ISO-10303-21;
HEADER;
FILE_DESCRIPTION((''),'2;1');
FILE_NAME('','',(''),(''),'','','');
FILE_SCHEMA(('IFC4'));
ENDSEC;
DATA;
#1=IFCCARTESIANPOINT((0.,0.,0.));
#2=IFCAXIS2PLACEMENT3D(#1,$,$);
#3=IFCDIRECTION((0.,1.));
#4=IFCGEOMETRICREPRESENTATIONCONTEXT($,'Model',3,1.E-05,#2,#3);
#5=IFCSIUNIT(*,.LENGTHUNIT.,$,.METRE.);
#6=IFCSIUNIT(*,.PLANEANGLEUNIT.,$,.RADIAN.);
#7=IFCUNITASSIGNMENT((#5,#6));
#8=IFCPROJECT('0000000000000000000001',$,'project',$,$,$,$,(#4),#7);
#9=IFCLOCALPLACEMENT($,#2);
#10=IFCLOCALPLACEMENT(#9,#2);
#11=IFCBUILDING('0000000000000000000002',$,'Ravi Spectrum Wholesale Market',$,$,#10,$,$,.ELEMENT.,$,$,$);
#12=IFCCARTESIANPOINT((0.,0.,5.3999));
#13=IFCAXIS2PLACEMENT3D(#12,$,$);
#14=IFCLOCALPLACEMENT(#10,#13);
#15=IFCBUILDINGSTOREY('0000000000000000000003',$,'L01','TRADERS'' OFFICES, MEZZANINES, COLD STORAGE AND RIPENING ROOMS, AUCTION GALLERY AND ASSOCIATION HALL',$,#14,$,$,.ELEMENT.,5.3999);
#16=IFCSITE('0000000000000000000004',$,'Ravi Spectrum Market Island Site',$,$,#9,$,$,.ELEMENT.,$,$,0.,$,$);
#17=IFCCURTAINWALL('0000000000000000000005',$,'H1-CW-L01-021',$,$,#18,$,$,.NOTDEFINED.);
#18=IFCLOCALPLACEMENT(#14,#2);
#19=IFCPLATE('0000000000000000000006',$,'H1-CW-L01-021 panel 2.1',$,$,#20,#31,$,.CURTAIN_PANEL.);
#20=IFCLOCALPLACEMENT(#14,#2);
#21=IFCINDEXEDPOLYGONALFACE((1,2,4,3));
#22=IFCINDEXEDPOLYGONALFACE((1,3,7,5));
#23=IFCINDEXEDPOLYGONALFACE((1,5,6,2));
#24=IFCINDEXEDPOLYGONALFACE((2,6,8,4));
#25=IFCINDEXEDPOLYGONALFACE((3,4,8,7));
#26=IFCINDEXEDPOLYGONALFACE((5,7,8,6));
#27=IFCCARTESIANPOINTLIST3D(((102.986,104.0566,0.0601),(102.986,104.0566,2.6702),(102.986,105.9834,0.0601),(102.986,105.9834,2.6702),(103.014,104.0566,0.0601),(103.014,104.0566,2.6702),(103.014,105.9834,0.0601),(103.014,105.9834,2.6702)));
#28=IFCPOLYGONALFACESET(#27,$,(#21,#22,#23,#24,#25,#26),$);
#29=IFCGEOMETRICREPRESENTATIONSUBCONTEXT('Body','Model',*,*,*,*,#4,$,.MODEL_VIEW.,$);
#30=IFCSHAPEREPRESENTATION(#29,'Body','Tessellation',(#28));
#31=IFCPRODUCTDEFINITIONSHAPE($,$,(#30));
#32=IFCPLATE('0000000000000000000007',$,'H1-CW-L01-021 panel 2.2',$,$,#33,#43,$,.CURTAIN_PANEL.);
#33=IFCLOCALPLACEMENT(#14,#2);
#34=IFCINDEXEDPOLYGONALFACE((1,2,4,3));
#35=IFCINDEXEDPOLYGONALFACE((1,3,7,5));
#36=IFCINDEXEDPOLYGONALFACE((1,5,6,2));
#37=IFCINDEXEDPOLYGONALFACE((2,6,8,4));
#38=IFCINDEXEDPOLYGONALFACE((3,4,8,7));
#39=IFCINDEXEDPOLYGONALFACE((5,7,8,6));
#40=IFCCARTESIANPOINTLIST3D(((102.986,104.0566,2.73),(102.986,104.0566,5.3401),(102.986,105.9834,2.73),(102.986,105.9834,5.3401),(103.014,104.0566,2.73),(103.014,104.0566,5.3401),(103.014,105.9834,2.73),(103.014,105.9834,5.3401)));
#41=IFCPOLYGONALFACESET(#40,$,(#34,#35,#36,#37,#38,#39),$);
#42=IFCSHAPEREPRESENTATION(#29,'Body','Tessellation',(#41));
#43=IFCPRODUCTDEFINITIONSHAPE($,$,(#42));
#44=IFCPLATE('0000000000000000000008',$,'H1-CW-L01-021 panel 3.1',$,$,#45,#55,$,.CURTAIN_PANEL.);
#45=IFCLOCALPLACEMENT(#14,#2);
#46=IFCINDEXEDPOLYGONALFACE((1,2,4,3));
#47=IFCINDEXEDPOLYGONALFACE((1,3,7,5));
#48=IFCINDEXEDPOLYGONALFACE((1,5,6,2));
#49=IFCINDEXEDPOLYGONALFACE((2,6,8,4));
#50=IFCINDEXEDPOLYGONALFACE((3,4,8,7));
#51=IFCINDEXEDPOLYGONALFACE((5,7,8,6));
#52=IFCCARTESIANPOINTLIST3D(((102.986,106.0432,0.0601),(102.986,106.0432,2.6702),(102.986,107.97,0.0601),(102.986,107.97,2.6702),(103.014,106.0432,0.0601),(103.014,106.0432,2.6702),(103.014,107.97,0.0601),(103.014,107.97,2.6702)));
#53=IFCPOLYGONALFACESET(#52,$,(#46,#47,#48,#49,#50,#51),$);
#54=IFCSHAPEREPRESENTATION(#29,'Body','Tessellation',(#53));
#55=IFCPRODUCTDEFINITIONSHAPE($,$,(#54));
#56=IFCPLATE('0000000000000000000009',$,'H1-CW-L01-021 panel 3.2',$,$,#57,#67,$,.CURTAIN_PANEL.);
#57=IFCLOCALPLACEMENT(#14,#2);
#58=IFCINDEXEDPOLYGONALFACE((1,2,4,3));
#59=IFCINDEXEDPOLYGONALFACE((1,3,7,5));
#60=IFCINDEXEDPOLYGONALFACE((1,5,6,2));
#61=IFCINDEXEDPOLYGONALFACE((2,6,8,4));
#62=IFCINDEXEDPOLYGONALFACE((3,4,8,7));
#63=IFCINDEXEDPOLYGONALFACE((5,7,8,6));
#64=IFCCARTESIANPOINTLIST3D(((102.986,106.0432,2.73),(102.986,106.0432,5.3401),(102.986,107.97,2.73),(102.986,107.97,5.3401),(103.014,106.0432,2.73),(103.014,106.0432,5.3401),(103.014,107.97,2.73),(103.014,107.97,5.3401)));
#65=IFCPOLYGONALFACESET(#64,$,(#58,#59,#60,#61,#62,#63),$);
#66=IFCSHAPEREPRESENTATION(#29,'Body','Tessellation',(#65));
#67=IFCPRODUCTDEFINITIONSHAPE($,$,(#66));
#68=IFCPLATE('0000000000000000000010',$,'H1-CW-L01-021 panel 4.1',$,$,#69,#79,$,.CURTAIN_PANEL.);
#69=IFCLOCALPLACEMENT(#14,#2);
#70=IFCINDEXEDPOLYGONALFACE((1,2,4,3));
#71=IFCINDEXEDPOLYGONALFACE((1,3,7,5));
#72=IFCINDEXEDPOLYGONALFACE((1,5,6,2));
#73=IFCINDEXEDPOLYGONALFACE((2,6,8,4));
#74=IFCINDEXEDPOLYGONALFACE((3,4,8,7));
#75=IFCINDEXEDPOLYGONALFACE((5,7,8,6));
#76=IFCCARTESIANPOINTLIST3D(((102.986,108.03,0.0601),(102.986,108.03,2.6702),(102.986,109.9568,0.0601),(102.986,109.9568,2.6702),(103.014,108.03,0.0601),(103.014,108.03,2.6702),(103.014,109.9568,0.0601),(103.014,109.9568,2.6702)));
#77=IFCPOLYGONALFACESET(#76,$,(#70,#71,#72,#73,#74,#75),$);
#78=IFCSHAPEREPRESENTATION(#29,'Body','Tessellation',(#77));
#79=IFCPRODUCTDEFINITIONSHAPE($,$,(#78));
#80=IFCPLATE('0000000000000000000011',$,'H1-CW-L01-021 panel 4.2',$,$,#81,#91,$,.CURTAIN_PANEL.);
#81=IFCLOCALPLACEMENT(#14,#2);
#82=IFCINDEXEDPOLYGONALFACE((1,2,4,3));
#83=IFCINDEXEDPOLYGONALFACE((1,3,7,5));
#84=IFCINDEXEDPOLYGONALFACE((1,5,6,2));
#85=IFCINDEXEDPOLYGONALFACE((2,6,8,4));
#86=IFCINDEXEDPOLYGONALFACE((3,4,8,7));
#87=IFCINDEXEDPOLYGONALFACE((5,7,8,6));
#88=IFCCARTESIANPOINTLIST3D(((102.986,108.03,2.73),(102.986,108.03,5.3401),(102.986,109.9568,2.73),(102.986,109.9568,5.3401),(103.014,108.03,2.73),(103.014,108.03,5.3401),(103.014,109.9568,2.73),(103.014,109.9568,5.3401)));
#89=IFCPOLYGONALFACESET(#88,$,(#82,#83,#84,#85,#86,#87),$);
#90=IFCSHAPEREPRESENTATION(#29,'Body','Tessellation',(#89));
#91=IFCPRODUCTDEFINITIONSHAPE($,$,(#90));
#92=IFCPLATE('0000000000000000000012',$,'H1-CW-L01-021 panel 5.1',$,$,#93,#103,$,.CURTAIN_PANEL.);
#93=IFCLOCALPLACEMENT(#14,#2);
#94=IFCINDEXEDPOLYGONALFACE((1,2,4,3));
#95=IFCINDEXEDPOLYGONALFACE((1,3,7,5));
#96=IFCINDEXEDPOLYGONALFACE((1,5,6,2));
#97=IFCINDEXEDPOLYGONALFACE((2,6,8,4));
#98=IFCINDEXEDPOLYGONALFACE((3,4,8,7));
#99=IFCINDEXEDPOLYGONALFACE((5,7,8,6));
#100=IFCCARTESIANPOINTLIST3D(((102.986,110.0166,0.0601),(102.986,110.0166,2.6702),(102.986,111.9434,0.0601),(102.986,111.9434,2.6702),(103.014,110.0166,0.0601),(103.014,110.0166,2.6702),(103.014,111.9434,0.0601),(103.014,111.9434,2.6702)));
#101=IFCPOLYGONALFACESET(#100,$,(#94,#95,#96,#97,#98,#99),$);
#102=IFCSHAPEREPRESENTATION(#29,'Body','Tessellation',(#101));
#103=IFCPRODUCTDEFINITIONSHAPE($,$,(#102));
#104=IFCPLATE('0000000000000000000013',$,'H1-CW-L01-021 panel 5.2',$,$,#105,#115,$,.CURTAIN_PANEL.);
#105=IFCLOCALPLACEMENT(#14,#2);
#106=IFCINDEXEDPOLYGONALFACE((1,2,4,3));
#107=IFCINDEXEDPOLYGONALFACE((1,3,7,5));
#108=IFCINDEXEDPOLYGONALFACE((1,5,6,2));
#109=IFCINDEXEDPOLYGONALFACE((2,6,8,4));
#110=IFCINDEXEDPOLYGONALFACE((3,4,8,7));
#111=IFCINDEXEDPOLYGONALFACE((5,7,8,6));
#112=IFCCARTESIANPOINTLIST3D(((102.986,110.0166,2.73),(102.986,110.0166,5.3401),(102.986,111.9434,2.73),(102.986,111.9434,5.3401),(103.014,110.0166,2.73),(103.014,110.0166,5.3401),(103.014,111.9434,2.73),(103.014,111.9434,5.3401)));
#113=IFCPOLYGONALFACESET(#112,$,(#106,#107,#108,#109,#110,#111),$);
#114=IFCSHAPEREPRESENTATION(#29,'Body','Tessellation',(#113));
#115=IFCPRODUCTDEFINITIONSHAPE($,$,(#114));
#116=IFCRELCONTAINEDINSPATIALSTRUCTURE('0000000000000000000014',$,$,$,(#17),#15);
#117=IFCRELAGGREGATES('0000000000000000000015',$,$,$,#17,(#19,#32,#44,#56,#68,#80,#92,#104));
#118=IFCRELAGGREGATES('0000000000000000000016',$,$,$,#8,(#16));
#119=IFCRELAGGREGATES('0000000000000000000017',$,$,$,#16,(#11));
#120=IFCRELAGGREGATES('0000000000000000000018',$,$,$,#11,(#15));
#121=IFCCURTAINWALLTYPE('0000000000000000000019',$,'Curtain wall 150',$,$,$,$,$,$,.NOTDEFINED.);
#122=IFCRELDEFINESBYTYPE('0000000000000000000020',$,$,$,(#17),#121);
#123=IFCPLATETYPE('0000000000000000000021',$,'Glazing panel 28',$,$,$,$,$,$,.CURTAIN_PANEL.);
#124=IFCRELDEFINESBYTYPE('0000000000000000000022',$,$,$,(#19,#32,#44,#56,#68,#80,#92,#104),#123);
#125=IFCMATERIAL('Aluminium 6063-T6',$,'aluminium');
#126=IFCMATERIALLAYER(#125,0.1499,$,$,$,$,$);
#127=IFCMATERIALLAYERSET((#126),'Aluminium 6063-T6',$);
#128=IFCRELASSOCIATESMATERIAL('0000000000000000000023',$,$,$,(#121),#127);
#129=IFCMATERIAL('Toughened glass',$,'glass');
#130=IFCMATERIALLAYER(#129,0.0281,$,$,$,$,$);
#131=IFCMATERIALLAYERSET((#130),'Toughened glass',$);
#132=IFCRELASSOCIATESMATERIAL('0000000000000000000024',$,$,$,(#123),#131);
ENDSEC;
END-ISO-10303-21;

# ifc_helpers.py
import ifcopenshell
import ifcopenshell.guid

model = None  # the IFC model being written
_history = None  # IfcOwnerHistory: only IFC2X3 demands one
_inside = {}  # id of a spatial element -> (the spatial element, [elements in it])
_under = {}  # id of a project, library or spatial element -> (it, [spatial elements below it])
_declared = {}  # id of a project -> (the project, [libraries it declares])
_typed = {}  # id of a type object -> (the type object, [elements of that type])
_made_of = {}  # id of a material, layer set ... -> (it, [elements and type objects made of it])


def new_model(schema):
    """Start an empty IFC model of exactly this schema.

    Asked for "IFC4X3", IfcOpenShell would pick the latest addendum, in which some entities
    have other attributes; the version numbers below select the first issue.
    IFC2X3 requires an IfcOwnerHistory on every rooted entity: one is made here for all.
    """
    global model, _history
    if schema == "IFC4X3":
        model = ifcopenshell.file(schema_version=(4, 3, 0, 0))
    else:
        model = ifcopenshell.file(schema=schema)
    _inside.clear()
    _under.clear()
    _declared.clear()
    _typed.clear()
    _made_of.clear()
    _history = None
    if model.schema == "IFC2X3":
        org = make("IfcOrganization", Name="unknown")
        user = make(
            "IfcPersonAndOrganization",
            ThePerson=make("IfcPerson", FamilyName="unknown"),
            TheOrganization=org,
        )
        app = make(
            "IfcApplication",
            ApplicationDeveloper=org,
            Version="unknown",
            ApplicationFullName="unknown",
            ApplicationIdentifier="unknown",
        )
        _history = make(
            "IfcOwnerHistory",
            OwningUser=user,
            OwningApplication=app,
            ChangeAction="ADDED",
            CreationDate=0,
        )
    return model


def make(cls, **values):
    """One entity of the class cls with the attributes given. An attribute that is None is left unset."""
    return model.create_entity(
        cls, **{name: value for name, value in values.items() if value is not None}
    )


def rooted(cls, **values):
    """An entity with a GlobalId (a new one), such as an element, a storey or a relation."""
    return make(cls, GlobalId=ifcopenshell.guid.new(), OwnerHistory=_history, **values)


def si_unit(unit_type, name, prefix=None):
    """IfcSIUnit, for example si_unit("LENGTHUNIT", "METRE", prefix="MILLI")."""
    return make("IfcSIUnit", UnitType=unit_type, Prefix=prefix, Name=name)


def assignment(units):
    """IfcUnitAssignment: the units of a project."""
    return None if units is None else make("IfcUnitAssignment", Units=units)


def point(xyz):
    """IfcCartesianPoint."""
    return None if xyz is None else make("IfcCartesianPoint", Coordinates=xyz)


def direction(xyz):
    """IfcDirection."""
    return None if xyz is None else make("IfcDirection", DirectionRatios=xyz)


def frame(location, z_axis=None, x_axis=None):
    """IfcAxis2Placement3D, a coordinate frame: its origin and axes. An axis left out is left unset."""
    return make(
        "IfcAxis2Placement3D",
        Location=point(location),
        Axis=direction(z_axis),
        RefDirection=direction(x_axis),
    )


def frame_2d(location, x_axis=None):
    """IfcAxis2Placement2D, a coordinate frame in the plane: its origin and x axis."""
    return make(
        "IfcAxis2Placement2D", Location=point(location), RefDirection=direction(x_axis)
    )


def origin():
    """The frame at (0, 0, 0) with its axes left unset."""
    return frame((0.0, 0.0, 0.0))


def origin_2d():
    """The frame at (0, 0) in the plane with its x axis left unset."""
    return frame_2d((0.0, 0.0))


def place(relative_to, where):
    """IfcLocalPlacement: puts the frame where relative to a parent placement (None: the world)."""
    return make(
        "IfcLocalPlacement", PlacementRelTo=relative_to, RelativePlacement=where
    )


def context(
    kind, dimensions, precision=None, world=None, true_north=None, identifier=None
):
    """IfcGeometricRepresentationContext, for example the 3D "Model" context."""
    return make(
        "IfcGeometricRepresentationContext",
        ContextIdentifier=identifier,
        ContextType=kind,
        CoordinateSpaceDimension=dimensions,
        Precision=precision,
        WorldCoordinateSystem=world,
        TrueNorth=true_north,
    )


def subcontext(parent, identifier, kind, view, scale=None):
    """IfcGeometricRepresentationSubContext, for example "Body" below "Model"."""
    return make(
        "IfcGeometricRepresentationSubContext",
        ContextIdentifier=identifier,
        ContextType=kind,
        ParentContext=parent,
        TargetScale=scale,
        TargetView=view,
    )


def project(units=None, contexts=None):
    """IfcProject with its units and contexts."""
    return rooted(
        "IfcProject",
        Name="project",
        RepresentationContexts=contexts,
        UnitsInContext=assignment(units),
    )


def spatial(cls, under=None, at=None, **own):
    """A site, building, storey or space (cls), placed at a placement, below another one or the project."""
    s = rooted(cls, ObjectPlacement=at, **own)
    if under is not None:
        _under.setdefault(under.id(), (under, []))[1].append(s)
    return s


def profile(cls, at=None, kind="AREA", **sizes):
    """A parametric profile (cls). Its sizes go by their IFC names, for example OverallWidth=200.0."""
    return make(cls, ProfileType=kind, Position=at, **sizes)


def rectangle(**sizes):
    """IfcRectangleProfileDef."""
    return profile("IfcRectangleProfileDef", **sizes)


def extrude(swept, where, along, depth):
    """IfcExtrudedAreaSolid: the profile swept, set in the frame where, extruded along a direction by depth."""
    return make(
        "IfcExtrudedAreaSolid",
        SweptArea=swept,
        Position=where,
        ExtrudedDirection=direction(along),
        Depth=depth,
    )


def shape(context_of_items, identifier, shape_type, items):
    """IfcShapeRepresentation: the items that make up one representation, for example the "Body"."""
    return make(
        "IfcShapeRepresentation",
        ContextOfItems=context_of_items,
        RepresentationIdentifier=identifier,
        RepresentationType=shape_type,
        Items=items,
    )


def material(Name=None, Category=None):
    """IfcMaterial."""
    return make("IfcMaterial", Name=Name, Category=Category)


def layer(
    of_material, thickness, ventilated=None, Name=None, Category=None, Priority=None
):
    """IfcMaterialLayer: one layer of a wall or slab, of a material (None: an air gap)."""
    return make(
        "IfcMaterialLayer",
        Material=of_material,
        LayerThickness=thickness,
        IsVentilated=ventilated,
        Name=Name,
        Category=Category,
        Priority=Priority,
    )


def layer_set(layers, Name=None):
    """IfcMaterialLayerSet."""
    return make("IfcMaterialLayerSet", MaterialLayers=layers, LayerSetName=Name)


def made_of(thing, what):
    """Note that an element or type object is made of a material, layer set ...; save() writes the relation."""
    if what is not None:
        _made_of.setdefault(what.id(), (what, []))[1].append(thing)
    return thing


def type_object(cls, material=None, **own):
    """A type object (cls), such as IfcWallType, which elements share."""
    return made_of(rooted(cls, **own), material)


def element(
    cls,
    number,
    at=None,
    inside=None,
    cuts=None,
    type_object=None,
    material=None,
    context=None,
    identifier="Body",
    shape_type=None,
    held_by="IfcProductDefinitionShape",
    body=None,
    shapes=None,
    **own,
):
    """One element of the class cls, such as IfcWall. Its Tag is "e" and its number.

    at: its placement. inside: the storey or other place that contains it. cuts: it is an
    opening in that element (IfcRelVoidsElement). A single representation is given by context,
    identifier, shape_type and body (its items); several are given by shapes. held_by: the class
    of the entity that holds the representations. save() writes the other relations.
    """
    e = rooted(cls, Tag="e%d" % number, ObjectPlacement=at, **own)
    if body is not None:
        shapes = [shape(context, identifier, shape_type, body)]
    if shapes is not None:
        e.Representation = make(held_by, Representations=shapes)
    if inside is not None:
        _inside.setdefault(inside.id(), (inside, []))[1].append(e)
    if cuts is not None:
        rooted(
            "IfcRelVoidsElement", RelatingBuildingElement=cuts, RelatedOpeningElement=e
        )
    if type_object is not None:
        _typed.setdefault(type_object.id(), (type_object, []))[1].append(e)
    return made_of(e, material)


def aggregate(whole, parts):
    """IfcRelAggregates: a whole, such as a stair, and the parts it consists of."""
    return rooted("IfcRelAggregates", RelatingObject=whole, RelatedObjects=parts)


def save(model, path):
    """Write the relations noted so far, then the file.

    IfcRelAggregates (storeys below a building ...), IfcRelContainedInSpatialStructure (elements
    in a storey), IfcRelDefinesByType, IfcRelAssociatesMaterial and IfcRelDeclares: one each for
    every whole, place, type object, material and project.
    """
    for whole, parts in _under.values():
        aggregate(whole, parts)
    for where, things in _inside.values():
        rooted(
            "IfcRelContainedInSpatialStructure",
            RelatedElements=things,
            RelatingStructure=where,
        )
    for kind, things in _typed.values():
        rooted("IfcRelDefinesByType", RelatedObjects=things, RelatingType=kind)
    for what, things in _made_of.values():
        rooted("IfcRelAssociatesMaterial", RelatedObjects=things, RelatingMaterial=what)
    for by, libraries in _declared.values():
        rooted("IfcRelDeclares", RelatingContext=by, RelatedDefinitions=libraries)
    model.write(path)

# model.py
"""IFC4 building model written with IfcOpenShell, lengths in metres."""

from ifc_helpers import new_model, si_unit, direction, frame, origin, origin_2d, place, context, subcontext, project, spatial, rectangle, extrude, material, layer, layer_set, type_object, element, aggregate, save


model = new_model("IFC4")

# Units and contexts
model_context = context("Model", 3, precision=1e-05, world=origin(), true_north=direction((0.0, 1.0)))
body_context = subcontext(model_context, "Body", "Model", "MODEL_VIEW")
ifc_project = project(units=[si_unit("LENGTHUNIT", "METRE"), si_unit("PLANEANGLEUNIT", "RADIAN")], contexts=[model_context])

# Site, building, storey
site_placement = place(None, origin())
site = spatial("IfcSite", under=ifc_project, at=site_placement, Name="Ravi Spectrum Market Island Site", CompositionType="ELEMENT", RefElevation=0.0)
building_placement = place(site_placement, origin())
building = spatial("IfcBuilding", under=site, at=building_placement, Name="Ravi Spectrum Wholesale Market", CompositionType="ELEMENT")
storey_placement = place(building_placement, frame((0.0, 0.0, 5.3999)))
storey = spatial("IfcBuildingStorey", under=building, at=storey_placement, Name="L01", Description="TRADERS' OFFICES, MEZZANINES, COLD STORAGE AND RIPENING ROOMS, AUCTION GALLERY AND ASSOCIATION HALL", CompositionType="ELEMENT", Elevation=5.3999)

# Curtain wall, plates
ifc_material_1 = material(Name="Aluminium 6063-T6", Category="aluminium")
ifc_layer_1 = layer(ifc_material_1, 0.1499)
ifc_layer_set_1 = layer_set([ifc_layer_1], Name="Aluminium 6063-T6")
curtain_wall_type = type_object("IfcCurtainWallType", Name="Curtain wall 150", PredefinedType="NOTDEFINED", material=ifc_layer_set_1)
curtain_wall_placement = place(storey_placement, origin())
curtain_wall = element("IfcCurtainWall", 1, at=curtain_wall_placement, inside=storey, type_object=curtain_wall_type, Name="H1-CW-L01-021", PredefinedType="NOTDEFINED")
ifc_material_2 = material(Name="Toughened glass", Category="glass")
ifc_layer_2 = layer(ifc_material_2, 0.0281)
ifc_layer_set_2 = layer_set([ifc_layer_2], Name="Toughened glass")
plate_type = type_object("IfcPlateType", Name="Glazing panel 28", PredefinedType="CURTAIN_PANEL", material=ifc_layer_set_2)
plate_1_placement = place(storey_placement, frame((103.0, 105.02, 0.0601), z_axis=(0.0, 0.0, 1.0), x_axis=(0.0, 1.0, 0.0)))
plate_1 = element("IfcPlate", 2, at=plate_1_placement, type_object=plate_type, Name="H1-CW-L01-021 panel 2.1", PredefinedType="CURTAIN_PANEL", context=body_context, shape_type="SweptSolid", body=[
    extrude(rectangle(XDim=1.9268, YDim=0.0281, at=origin_2d()), origin(), (0.0, 0.0, 1.0), 2.6101),
])
plate_2_placement = place(storey_placement, frame((103.0, 105.02, 2.73), z_axis=(0.0, 0.0, 1.0), x_axis=(0.0, 1.0, 0.0)))
plate_2 = element("IfcPlate", 3, at=plate_2_placement, type_object=plate_type, Name="H1-CW-L01-021 panel 2.2", PredefinedType="CURTAIN_PANEL", context=body_context, shape_type="SweptSolid", body=[
    extrude(rectangle(XDim=1.9268, YDim=0.0281, at=origin_2d()), origin(), (0.0, 0.0, 1.0), 2.6101),
])
plate_3_placement = place(storey_placement, frame((103.0, 107.0066, 0.0601), z_axis=(0.0, 0.0, 1.0), x_axis=(0.0, 1.0, 0.0)))
plate_3 = element("IfcPlate", 4, at=plate_3_placement, type_object=plate_type, Name="H1-CW-L01-021 panel 3.1", PredefinedType="CURTAIN_PANEL", context=body_context, shape_type="SweptSolid", body=[
    extrude(rectangle(XDim=1.9268, YDim=0.0281, at=origin_2d()), origin(), (0.0, 0.0, 1.0), 2.6101),
])
plate_4_placement = place(storey_placement, frame((103.0, 107.0066, 2.73), z_axis=(0.0, 0.0, 1.0), x_axis=(0.0, 1.0, 0.0)))
plate_4 = element("IfcPlate", 5, at=plate_4_placement, type_object=plate_type, Name="H1-CW-L01-021 panel 3.2", PredefinedType="CURTAIN_PANEL", context=body_context, shape_type="SweptSolid", body=[
    extrude(rectangle(XDim=1.9268, YDim=0.0281, at=origin_2d()), origin(), (0.0, 0.0, 1.0), 2.6101),
])
plate_5_placement = place(storey_placement, frame((103.0, 108.9934, 0.0601), z_axis=(0.0, 0.0, 1.0), x_axis=(0.0, 1.0, 0.0)))
plate_5 = element("IfcPlate", 6, at=plate_5_placement, type_object=plate_type, Name="H1-CW-L01-021 panel 4.1", PredefinedType="CURTAIN_PANEL", context=body_context, shape_type="SweptSolid", body=[
    extrude(rectangle(XDim=1.9268, YDim=0.0281, at=origin_2d()), origin(), (0.0, 0.0, 1.0), 2.6101),
])
plate_6_placement = place(storey_placement, frame((103.0, 108.9934, 2.73), z_axis=(0.0, 0.0, 1.0), x_axis=(0.0, 1.0, 0.0)))
plate_6 = element("IfcPlate", 7, at=plate_6_placement, type_object=plate_type, Name="H1-CW-L01-021 panel 4.2", PredefinedType="CURTAIN_PANEL", context=body_context, shape_type="SweptSolid", body=[
    extrude(rectangle(XDim=1.9268, YDim=0.0281, at=origin_2d()), origin(), (0.0, 0.0, 1.0), 2.6101),
])
plate_7_placement = place(storey_placement, frame((103.0, 110.98, 0.0601), z_axis=(0.0, 0.0, 1.0), x_axis=(0.0, 1.0, 0.0)))
plate_7 = element("IfcPlate", 8, at=plate_7_placement, type_object=plate_type, Name="H1-CW-L01-021 panel 5.1", PredefinedType="CURTAIN_PANEL", context=body_context, shape_type="SweptSolid", body=[
    extrude(rectangle(XDim=1.9268, YDim=0.0281, at=origin_2d()), origin(), (0.0, 0.0, 1.0), 2.6101),
])
plate_8_placement = place(storey_placement, frame((103.0, 110.98, 2.73), z_axis=(0.0, 0.0, 1.0), x_axis=(0.0, 1.0, 0.0)))
plate_8 = element("IfcPlate", 9, at=plate_8_placement, type_object=plate_type, Name="H1-CW-L01-021 panel 5.2", PredefinedType="CURTAIN_PANEL", context=body_context, shape_type="SweptSolid", body=[
    extrude(rectangle(XDim=1.9268, YDim=0.0281, at=origin_2d()), origin(), (0.0, 0.0, 1.0), 2.6101),
])
aggregate(curtain_wall, [plate_1, plate_2, plate_3, plate_4, plate_5, plate_6, plate_7, plate_8])

save(model, "model.ifc")
